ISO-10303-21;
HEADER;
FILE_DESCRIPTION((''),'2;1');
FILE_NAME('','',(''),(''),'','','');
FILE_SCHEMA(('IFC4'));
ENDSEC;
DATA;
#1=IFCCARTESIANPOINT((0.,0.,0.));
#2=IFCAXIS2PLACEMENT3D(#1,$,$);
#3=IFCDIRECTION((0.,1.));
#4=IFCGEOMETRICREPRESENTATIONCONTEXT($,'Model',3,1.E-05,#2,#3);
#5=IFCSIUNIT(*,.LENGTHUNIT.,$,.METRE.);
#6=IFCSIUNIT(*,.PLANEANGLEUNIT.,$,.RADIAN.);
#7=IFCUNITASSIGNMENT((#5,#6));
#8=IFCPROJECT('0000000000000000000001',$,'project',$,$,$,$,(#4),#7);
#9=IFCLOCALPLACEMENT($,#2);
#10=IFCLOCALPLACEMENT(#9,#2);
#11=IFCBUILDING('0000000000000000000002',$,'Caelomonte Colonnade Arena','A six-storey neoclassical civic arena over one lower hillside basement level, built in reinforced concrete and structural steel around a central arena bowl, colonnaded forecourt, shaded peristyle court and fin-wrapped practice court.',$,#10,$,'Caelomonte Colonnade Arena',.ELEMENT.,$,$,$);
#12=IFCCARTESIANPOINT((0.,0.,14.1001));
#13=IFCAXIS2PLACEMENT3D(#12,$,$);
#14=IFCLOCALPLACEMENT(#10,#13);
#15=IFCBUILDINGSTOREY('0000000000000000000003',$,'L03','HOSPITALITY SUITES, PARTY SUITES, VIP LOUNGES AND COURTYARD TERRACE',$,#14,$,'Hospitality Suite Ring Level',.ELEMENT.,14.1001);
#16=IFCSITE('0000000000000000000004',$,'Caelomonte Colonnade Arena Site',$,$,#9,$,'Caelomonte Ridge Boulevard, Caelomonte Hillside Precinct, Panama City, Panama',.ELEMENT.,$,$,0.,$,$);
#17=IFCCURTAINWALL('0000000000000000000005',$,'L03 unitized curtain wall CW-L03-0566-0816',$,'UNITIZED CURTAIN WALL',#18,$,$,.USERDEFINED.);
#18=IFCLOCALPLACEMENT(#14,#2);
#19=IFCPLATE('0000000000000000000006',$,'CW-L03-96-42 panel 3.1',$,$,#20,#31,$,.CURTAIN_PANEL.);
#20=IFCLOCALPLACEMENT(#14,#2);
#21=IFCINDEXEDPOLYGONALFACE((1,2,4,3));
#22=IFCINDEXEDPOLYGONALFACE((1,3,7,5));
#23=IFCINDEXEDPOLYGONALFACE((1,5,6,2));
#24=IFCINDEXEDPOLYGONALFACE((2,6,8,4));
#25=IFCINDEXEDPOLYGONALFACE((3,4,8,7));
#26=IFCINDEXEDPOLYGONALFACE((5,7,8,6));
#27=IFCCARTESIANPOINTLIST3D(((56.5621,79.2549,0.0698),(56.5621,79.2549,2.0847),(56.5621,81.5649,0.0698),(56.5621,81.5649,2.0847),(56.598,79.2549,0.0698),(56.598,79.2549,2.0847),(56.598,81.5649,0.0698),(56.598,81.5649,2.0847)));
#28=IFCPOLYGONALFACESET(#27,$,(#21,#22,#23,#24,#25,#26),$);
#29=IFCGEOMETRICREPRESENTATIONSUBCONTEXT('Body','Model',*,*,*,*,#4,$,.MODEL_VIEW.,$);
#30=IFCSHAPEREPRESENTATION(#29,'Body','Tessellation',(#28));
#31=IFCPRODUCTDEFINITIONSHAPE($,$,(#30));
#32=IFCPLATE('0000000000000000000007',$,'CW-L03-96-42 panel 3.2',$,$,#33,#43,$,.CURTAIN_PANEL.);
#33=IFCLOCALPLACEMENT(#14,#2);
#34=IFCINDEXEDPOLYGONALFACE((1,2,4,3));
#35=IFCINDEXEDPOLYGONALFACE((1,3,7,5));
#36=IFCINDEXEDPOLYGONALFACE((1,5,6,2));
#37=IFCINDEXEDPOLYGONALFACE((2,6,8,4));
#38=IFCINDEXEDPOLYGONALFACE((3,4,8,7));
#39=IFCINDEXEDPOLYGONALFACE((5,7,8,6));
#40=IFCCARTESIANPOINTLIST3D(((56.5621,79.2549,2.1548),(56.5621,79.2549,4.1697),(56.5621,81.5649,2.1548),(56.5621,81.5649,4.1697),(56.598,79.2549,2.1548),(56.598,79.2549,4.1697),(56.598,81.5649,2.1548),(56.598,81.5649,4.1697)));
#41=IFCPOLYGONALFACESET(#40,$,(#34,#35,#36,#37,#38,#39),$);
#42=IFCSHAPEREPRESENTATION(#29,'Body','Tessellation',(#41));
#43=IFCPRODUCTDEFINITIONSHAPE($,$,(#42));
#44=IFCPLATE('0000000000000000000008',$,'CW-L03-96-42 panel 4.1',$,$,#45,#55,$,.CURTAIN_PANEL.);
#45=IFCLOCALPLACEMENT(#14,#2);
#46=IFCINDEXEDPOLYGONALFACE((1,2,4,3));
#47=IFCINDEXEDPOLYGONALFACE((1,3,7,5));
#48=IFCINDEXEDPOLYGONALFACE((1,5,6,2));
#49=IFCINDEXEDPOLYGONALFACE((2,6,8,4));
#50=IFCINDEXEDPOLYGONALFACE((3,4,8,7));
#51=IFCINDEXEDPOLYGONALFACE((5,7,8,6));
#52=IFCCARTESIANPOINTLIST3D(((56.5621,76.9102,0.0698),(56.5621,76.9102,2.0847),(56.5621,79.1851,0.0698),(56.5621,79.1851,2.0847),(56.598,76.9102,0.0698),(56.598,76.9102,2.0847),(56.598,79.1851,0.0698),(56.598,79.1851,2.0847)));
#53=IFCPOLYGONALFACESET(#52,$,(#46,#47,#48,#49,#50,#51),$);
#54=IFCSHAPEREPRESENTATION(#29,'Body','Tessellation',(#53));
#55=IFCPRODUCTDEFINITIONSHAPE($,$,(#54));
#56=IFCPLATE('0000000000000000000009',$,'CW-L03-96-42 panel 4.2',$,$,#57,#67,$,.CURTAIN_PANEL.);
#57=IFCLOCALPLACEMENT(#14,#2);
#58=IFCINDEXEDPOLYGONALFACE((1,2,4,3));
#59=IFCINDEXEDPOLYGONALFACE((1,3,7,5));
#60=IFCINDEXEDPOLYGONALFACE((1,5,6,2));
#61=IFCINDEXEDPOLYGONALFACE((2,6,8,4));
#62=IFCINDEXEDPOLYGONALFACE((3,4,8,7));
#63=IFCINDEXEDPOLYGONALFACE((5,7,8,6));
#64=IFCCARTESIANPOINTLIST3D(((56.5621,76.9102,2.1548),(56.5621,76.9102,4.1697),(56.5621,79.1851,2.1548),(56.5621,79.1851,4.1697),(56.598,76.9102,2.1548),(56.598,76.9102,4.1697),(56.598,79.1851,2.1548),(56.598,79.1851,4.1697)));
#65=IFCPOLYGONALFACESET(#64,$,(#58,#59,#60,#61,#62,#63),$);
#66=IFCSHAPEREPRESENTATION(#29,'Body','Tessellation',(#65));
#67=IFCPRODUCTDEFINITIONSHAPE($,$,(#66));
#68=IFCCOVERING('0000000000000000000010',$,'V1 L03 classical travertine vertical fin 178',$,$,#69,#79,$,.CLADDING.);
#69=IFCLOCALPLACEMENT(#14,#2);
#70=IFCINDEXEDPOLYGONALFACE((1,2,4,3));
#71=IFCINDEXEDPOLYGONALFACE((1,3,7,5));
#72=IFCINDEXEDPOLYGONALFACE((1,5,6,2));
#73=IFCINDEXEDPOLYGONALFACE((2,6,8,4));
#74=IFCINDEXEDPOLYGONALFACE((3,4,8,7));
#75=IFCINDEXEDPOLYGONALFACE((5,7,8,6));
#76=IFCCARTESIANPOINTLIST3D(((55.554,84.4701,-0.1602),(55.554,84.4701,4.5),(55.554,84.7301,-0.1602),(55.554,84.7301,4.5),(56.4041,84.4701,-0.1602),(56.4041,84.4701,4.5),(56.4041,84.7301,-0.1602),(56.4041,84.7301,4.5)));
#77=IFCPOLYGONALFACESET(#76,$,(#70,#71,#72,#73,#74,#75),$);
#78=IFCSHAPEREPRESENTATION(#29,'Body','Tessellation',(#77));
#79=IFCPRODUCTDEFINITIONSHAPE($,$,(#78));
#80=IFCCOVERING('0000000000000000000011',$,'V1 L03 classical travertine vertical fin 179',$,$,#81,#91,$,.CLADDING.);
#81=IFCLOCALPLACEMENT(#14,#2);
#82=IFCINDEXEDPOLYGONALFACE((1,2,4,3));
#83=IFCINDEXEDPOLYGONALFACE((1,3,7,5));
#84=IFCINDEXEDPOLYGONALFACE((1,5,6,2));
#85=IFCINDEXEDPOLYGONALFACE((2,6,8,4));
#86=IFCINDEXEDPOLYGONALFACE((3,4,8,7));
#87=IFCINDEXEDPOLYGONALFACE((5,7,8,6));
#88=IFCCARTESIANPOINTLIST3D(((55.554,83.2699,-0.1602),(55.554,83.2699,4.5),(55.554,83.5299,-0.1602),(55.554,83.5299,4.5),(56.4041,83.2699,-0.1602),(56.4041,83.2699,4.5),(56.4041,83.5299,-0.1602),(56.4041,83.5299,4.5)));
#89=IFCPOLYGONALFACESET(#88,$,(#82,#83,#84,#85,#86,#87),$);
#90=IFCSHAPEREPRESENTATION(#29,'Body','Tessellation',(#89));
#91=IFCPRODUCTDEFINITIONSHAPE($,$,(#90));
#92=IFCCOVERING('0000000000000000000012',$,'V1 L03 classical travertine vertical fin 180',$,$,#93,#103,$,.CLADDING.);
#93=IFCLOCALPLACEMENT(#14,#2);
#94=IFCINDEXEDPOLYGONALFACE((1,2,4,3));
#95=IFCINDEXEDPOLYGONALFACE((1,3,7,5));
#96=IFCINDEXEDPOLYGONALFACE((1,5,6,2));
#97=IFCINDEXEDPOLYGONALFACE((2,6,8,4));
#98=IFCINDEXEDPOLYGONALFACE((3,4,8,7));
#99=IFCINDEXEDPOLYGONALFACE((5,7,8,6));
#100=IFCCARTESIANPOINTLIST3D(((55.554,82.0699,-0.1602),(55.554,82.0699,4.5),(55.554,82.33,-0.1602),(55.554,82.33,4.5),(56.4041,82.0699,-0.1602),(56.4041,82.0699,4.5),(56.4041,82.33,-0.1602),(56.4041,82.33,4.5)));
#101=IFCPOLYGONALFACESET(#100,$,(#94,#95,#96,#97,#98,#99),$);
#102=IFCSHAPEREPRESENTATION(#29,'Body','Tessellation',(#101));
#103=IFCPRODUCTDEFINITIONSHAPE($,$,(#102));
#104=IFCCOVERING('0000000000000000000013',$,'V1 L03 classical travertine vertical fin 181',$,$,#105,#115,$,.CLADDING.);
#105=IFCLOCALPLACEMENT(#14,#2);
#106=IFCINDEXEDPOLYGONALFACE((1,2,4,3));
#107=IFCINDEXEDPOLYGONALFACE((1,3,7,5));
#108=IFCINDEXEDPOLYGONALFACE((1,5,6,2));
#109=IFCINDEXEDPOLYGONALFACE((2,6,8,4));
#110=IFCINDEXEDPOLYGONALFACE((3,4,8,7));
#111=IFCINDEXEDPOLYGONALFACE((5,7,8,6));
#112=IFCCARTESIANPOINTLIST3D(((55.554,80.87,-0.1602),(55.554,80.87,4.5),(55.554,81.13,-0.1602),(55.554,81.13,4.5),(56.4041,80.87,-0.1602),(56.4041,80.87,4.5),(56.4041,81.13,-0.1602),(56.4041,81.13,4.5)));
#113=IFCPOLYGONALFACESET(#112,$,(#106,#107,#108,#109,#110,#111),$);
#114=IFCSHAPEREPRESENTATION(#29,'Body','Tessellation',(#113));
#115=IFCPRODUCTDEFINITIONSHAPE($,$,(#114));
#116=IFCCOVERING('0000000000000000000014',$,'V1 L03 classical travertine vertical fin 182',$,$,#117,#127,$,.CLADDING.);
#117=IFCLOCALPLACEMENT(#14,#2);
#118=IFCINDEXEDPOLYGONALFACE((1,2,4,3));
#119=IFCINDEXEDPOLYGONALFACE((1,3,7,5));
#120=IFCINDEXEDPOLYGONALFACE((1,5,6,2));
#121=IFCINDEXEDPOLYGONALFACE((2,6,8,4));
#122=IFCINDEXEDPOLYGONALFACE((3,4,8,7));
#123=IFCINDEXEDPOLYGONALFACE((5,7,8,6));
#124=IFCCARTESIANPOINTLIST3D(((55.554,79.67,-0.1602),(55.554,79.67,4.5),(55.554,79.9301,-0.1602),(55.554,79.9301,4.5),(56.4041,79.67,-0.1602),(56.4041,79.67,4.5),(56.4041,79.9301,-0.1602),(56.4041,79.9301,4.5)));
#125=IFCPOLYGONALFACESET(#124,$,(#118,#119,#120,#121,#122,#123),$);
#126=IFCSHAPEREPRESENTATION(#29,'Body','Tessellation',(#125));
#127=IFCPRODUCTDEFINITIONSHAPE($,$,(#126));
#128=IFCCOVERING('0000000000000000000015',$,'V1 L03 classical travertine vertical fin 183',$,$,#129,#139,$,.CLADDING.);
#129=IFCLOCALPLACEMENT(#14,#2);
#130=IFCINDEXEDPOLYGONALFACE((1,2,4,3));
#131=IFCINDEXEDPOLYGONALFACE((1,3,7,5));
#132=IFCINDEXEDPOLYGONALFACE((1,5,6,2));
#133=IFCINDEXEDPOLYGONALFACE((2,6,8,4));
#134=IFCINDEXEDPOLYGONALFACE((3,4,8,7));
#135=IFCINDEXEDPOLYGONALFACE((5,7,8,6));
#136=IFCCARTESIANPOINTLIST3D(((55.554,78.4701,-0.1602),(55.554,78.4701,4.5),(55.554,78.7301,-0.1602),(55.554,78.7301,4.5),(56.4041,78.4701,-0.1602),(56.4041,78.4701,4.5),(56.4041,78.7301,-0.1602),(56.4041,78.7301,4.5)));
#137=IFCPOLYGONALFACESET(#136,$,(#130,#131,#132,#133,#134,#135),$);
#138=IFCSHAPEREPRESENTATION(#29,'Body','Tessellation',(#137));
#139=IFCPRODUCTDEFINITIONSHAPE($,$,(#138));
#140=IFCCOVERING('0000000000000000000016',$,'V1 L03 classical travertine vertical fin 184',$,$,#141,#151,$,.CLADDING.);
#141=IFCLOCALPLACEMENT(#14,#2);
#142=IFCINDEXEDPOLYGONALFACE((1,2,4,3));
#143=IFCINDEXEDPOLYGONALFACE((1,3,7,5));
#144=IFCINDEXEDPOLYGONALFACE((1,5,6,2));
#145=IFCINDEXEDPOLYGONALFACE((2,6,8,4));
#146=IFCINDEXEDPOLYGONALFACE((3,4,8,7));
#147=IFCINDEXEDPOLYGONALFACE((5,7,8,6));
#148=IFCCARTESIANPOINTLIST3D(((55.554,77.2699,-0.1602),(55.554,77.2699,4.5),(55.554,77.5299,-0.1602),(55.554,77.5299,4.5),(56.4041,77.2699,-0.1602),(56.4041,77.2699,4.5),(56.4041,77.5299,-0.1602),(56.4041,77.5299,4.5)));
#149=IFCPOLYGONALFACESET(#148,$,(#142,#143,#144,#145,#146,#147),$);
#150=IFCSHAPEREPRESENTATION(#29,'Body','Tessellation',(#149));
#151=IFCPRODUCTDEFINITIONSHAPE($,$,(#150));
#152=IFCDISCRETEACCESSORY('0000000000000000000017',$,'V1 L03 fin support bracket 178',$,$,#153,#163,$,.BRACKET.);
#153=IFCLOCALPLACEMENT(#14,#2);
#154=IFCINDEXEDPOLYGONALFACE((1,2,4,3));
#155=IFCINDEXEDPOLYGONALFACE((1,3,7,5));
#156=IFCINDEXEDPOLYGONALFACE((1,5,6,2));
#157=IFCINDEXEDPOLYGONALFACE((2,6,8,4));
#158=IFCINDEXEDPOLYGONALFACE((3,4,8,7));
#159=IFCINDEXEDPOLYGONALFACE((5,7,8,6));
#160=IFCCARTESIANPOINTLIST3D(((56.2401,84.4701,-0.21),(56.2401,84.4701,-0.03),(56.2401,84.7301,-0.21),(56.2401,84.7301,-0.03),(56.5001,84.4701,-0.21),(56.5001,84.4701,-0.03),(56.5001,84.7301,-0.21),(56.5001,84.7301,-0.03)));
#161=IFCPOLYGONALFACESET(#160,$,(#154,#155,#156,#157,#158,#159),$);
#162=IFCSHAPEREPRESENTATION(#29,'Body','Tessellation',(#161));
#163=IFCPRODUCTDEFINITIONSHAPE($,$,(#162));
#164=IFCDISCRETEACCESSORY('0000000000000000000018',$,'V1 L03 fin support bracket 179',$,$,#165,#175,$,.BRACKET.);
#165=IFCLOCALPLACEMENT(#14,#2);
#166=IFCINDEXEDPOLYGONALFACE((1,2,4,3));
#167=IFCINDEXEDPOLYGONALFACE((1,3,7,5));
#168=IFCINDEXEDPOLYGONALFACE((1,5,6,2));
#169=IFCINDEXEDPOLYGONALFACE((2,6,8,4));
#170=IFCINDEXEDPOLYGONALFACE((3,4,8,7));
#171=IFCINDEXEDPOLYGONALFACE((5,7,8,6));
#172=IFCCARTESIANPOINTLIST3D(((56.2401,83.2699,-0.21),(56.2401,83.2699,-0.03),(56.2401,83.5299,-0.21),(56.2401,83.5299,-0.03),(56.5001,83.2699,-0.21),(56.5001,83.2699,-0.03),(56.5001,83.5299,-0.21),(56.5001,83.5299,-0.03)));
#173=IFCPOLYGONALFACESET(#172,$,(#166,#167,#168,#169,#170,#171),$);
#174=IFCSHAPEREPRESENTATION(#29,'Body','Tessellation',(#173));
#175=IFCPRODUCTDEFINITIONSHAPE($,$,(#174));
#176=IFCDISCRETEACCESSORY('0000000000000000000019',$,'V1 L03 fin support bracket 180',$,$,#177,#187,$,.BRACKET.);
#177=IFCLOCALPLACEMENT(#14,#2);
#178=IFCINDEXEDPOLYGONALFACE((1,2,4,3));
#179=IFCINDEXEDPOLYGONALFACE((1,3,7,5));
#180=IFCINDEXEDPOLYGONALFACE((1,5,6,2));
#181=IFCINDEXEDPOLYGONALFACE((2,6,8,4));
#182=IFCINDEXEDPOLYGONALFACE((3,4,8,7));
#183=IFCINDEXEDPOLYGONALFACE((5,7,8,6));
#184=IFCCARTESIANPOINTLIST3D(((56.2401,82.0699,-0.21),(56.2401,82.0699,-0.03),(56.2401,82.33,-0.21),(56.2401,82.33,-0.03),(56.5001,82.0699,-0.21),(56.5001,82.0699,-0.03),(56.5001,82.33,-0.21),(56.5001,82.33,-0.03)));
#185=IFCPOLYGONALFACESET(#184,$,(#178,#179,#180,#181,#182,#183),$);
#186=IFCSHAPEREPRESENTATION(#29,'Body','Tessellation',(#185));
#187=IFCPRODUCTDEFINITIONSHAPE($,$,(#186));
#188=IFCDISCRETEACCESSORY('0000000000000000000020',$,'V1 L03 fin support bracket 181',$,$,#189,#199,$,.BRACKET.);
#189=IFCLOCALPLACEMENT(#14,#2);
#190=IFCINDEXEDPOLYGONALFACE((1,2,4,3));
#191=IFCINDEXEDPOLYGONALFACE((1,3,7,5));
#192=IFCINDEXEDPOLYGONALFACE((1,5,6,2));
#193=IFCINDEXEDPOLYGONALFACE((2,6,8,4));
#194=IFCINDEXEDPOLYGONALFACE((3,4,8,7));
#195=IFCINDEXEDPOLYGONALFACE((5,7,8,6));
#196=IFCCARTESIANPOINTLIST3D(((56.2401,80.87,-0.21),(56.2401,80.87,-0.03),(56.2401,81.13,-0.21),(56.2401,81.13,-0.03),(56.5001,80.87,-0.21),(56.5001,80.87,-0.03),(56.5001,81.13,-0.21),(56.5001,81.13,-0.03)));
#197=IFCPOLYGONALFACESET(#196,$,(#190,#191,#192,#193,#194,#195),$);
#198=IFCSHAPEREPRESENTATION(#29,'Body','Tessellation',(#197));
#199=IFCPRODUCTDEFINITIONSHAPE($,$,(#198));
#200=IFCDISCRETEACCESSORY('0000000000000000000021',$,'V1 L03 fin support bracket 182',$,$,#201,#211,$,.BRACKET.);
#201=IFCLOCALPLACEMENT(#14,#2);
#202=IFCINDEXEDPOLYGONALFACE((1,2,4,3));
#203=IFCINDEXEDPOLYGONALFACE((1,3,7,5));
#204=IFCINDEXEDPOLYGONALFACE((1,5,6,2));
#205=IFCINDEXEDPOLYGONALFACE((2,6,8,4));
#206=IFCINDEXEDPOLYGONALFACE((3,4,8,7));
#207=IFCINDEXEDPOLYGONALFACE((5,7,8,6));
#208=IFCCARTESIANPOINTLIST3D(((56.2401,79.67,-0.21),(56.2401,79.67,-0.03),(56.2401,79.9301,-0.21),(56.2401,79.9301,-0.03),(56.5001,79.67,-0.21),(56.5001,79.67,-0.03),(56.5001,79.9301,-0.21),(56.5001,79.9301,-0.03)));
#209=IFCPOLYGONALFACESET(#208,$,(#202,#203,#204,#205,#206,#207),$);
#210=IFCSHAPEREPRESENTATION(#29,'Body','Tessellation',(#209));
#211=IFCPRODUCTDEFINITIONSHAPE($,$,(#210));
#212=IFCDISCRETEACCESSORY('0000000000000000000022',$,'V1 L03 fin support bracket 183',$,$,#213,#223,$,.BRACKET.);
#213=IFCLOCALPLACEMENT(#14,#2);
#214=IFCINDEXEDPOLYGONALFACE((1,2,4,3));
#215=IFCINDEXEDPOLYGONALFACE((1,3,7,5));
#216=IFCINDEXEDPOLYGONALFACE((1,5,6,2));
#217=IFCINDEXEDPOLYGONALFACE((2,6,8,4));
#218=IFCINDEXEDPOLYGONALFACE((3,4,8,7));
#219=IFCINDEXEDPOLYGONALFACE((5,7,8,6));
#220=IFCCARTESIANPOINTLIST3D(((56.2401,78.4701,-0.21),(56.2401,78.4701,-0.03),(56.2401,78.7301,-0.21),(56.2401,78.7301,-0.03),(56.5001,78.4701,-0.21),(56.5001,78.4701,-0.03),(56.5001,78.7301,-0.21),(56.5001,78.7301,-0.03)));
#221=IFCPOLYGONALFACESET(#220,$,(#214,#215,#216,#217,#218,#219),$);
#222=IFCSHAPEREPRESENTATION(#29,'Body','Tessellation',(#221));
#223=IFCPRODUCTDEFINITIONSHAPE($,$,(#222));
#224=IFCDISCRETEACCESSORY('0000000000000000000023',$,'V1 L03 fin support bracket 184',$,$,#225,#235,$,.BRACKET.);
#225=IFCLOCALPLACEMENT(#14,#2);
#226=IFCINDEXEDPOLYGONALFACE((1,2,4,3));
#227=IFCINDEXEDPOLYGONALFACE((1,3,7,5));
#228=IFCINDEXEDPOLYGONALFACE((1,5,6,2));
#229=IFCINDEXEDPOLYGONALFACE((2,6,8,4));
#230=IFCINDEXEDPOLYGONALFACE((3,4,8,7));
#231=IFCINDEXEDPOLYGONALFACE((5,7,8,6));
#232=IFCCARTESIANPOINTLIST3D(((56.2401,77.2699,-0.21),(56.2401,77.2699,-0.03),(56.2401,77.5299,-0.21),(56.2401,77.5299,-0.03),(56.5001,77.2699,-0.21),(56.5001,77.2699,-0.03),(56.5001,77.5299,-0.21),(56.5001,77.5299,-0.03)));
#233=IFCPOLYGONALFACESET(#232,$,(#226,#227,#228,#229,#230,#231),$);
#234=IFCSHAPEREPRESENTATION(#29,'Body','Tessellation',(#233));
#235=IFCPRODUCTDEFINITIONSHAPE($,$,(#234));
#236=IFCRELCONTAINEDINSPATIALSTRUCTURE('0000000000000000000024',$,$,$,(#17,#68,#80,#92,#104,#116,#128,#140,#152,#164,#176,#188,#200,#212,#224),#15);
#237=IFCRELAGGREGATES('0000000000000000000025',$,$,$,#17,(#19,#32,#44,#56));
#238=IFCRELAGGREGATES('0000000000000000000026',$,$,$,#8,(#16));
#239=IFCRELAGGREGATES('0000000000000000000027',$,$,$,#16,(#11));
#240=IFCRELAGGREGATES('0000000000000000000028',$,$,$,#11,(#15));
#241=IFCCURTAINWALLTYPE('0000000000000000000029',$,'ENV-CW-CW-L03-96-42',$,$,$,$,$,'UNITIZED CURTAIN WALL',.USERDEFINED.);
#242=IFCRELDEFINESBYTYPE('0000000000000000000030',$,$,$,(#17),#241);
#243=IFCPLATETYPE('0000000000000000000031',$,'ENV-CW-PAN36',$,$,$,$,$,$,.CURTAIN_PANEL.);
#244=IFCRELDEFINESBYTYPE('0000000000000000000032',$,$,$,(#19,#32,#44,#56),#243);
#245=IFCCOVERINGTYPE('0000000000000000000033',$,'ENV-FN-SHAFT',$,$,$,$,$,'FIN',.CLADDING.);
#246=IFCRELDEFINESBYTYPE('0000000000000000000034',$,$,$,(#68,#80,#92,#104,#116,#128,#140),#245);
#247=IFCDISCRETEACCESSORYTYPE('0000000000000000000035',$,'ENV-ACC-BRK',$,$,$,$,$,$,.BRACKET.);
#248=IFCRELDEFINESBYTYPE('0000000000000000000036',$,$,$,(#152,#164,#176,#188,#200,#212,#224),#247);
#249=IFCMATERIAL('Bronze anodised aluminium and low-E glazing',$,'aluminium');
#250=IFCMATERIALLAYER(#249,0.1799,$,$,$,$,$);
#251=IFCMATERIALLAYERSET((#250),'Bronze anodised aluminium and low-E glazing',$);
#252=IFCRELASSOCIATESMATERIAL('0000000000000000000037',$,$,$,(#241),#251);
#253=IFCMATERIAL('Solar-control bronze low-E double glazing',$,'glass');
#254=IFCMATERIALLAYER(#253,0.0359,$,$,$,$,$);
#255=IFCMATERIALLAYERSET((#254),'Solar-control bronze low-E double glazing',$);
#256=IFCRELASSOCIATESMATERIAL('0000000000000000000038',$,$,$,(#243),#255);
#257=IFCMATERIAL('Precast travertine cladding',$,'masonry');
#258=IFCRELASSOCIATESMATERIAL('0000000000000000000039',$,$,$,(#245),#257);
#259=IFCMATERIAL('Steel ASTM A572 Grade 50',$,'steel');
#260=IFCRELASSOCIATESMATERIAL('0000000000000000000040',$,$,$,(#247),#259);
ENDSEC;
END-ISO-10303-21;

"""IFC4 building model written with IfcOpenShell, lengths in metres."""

from ifc_helpers import new_model, si_unit, direction, frame, origin, origin_2d, place, context, subcontext, project, spatial, rectangle, extrude, material, layer, layer_set, material_profile, profile_set, type_object, element, aggregate, save


model = new_model("IFC4")

# Units and contexts
model_context = context("Model", 3, precision=1e-05, world=origin(), true_north=direction((0.0, 1.0)))
body_context = subcontext(model_context, "Body", "Model", "MODEL_VIEW")
ifc_project = project(units=[si_unit("LENGTHUNIT", "METRE"), si_unit("PLANEANGLEUNIT", "RADIAN")], contexts=[model_context])

# Site, building, storey
site_placement = place(None, origin())
site = spatial("IfcSite", under=ifc_project, at=site_placement, Name="Caelomonte Colonnade Arena Site", LongName="Caelomonte Ridge Boulevard, Caelomonte Hillside Precinct, Panama City, Panama", CompositionType="ELEMENT", RefElevation=0.0)
building_placement = place(site_placement, origin())
building = spatial("IfcBuilding", under=site, at=building_placement, Name="Caelomonte Colonnade Arena", Description="A six-storey neoclassical civic arena over one lower hillside basement level, built in reinforced concrete and structural steel around a central arena bowl, colonnaded forecourt, shaded peristyle court and fin-wrapped practice court.", LongName="Caelomonte Colonnade Arena", CompositionType="ELEMENT")
storey_placement = place(building_placement, frame((0.0, 0.0, 14.1001)))
storey = spatial("IfcBuildingStorey", under=building, at=storey_placement, Name="L03", Description="HOSPITALITY SUITES, PARTY SUITES, VIP LOUNGES AND COURTYARD TERRACE", LongName="Hospitality Suite Ring Level", CompositionType="ELEMENT", Elevation=14.1001)

# Curtain wall
ifc_material_1 = material(Name="Bronze anodised aluminium and low-E glazing", Category="aluminium")
ifc_layer_1 = layer(ifc_material_1, 0.1799)
ifc_layer_set_1 = layer_set([ifc_layer_1], Name="Bronze anodised aluminium and low-E glazing")
curtain_wall_type = type_object("IfcCurtainWallType", Name="ENV-CW-CW-L03-96-42", ElementType="UNITIZED CURTAIN WALL", PredefinedType="USERDEFINED", material=ifc_layer_set_1)
curtain_wall_1_placement = place(storey_placement, origin())
curtain_wall_1 = element("IfcCurtainWall", 1, at=curtain_wall_1_placement, inside=storey, type_object=curtain_wall_type, Name="L03 unitized curtain wall CW-L03-0566-0816", ObjectType="UNITIZED CURTAIN WALL", PredefinedType="USERDEFINED")

# Plates
ifc_material_2 = material(Name="Solar-control bronze low-E double glazing", Category="glass")
ifc_layer_2 = layer(ifc_material_2, 0.0359)
ifc_layer_set_2 = layer_set([ifc_layer_2], Name="Solar-control bronze low-E double glazing")
plate_type = type_object("IfcPlateType", Name="ENV-CW-PAN36", PredefinedType="CURTAIN_PANEL", material=ifc_layer_set_2)
plate_1_placement = place(storey_placement, frame((56.5801, 80.4099, 0.0698), z_axis=(0.0, 0.0, 1.0), x_axis=(0.0, -1.0, 0.0)))
plate_1 = element("IfcPlate", 2, at=plate_1_placement, type_object=plate_type, Name="CW-L03-96-42 panel 3.1", PredefinedType="CURTAIN_PANEL", context=body_context, shape_type="SweptSolid", body=[
    extrude(rectangle(XDim=2.3101, YDim=0.0359, at=origin_2d()), origin(), (0.0, 0.0, 1.0), 2.0149),
])
plate_2_placement = place(storey_placement, frame((56.5801, 80.4099, 2.1548), z_axis=(0.0, 0.0, 1.0), x_axis=(0.0, -1.0, 0.0)))
plate_2 = element("IfcPlate", 3, at=plate_2_placement, type_object=plate_type, Name="CW-L03-96-42 panel 3.2", PredefinedType="CURTAIN_PANEL", context=body_context, shape_type="SweptSolid", body=[
    extrude(rectangle(XDim=2.3101, YDim=0.0359, at=origin_2d()), origin(), (0.0, 0.0, 1.0), 2.0149),
])
plate_3_placement = place(storey_placement, frame((56.5801, 78.0476, 0.0698), z_axis=(0.0, 0.0, 1.0), x_axis=(0.0, -1.0, 0.0)))
plate_3 = element("IfcPlate", 4, at=plate_3_placement, type_object=plate_type, Name="CW-L03-96-42 panel 4.1", PredefinedType="CURTAIN_PANEL", context=body_context, shape_type="SweptSolid", body=[
    extrude(rectangle(XDim=2.2749, YDim=0.0359, at=origin_2d()), origin(), (0.0, 0.0, 1.0), 2.0149),
])
plate_4_placement = place(storey_placement, frame((56.5801, 78.0476, 2.1548), z_axis=(0.0, 0.0, 1.0), x_axis=(0.0, -1.0, 0.0)))
plate_4 = element("IfcPlate", 5, at=plate_4_placement, type_object=plate_type, Name="CW-L03-96-42 panel 4.2", PredefinedType="CURTAIN_PANEL", context=body_context, shape_type="SweptSolid", body=[
    extrude(rectangle(XDim=2.2749, YDim=0.0359, at=origin_2d()), origin(), (0.0, 0.0, 1.0), 2.0149),
])
aggregate(curtain_wall_1, [plate_1, plate_2, plate_3, plate_4])

# Coverings
ifc_material_3 = material(Name="Precast travertine cladding", Category="masonry")
ifc_material_profile_1 = material_profile(ifc_material_3, rectangle(XDim=0.26, YDim=0.8501, at=origin_2d()), Name="FIN260X850")
ifc_profile_set_1 = profile_set([ifc_material_profile_1], Name="Precast travertine cladding")
covering_type = type_object("IfcCoveringType", Name="ENV-FN-SHAFT", ElementType="FIN", PredefinedType="CLADDING", material=ifc_profile_set_1)
for number, where, z_axis, x_axis, name in (
    (6, (55.979, 84.6001, -0.1602), (0.0, 0.0, 1.0), (0.0, 1.0, 0.0), "V1 L03 classical travertine vertical fin 178"),
    (7, (55.979, 83.3999, -0.1602), (0.0, 0.0, 1.0), (0.0, 1.0, 0.0), "V1 L03 classical travertine vertical fin 179"),
    (8, (55.979, 82.2, -0.1602), (0.0, 0.0, 1.0), (0.0, 1.0, 0.0), "V1 L03 classical travertine vertical fin 180"),
    (9, (55.979, 81.0, -0.1602), (0.0, 0.0, 1.0), (0.0, 1.0, 0.0), "V1 L03 classical travertine vertical fin 181"),
    (10, (55.979, 79.8, -0.1602), (0.0, 0.0, 1.0), (0.0, 1.0, 0.0), "V1 L03 classical travertine vertical fin 182"),
    (11, (55.979, 78.6001, -0.1602), (0.0, 0.0, 1.0), (0.0, 1.0, 0.0), "V1 L03 classical travertine vertical fin 183"),
    (12, (55.979, 77.3999, -0.1602), (0.0, 0.0, 1.0), (0.0, 1.0, 0.0), "V1 L03 classical travertine vertical fin 184"),
):
    element("IfcCovering", number, at=place(storey_placement, frame(where, z_axis=z_axis, x_axis=x_axis)), inside=storey, type_object=covering_type, Name=name, PredefinedType="CLADDING", context=body_context, shape_type="SweptSolid", body=[
        extrude(rectangle(XDim=0.26, YDim=0.8501, at=origin_2d()), origin(), (0.0, 0.0, 1.0), 4.6602),
    ])

# Discrete accessories
ifc_material_4 = material(Name="Steel ASTM A572 Grade 50", Category="steel")
discrete_accessory_type = type_object("IfcDiscreteAccessoryType", Name="ENV-ACC-BRK", PredefinedType="BRACKET", material=ifc_material_4)
for number, where, z_axis, x_axis, name in (
    (13, (56.3701, 84.6001, -0.21), (0.0, 0.0, 1.0), (0.0, -1.0, 0.0), "V1 L03 fin support bracket 178"),
    (14, (56.3701, 83.3999, -0.21), (0.0, 0.0, 1.0), (0.0, -1.0, 0.0), "V1 L03 fin support bracket 179"),
    (15, (56.3701, 82.2, -0.21), (0.0, 0.0, 1.0), (0.0, -1.0, 0.0), "V1 L03 fin support bracket 180"),
    (16, (56.3701, 81.0, -0.21), (0.0, 0.0, 1.0), (0.0, -1.0, 0.0), "V1 L03 fin support bracket 181"),
    (17, (56.3701, 79.8, -0.21), (0.0, 0.0, 1.0), (0.0, -1.0, 0.0), "V1 L03 fin support bracket 182"),
    (18, (56.3701, 78.6001, -0.21), (0.0, 0.0, 1.0), (0.0, -1.0, 0.0), "V1 L03 fin support bracket 183"),
    (19, (56.3701, 77.3999, -0.21), (0.0, 0.0, 1.0), (0.0, -1.0, 0.0), "V1 L03 fin support bracket 184"),
):
    element("IfcDiscreteAccessory", number, at=place(storey_placement, frame(where, z_axis=z_axis, x_axis=x_axis)), inside=storey, type_object=discrete_accessory_type, Name=name, PredefinedType="BRACKET", context=body_context, shape_type="SweptSolid", body=[
        extrude(rectangle(XDim=0.26, YDim=0.26, at=origin_2d()), origin(), (0.0, 0.0, 1.0), 0.1799),
    ])

save(model, "model.ifc")
